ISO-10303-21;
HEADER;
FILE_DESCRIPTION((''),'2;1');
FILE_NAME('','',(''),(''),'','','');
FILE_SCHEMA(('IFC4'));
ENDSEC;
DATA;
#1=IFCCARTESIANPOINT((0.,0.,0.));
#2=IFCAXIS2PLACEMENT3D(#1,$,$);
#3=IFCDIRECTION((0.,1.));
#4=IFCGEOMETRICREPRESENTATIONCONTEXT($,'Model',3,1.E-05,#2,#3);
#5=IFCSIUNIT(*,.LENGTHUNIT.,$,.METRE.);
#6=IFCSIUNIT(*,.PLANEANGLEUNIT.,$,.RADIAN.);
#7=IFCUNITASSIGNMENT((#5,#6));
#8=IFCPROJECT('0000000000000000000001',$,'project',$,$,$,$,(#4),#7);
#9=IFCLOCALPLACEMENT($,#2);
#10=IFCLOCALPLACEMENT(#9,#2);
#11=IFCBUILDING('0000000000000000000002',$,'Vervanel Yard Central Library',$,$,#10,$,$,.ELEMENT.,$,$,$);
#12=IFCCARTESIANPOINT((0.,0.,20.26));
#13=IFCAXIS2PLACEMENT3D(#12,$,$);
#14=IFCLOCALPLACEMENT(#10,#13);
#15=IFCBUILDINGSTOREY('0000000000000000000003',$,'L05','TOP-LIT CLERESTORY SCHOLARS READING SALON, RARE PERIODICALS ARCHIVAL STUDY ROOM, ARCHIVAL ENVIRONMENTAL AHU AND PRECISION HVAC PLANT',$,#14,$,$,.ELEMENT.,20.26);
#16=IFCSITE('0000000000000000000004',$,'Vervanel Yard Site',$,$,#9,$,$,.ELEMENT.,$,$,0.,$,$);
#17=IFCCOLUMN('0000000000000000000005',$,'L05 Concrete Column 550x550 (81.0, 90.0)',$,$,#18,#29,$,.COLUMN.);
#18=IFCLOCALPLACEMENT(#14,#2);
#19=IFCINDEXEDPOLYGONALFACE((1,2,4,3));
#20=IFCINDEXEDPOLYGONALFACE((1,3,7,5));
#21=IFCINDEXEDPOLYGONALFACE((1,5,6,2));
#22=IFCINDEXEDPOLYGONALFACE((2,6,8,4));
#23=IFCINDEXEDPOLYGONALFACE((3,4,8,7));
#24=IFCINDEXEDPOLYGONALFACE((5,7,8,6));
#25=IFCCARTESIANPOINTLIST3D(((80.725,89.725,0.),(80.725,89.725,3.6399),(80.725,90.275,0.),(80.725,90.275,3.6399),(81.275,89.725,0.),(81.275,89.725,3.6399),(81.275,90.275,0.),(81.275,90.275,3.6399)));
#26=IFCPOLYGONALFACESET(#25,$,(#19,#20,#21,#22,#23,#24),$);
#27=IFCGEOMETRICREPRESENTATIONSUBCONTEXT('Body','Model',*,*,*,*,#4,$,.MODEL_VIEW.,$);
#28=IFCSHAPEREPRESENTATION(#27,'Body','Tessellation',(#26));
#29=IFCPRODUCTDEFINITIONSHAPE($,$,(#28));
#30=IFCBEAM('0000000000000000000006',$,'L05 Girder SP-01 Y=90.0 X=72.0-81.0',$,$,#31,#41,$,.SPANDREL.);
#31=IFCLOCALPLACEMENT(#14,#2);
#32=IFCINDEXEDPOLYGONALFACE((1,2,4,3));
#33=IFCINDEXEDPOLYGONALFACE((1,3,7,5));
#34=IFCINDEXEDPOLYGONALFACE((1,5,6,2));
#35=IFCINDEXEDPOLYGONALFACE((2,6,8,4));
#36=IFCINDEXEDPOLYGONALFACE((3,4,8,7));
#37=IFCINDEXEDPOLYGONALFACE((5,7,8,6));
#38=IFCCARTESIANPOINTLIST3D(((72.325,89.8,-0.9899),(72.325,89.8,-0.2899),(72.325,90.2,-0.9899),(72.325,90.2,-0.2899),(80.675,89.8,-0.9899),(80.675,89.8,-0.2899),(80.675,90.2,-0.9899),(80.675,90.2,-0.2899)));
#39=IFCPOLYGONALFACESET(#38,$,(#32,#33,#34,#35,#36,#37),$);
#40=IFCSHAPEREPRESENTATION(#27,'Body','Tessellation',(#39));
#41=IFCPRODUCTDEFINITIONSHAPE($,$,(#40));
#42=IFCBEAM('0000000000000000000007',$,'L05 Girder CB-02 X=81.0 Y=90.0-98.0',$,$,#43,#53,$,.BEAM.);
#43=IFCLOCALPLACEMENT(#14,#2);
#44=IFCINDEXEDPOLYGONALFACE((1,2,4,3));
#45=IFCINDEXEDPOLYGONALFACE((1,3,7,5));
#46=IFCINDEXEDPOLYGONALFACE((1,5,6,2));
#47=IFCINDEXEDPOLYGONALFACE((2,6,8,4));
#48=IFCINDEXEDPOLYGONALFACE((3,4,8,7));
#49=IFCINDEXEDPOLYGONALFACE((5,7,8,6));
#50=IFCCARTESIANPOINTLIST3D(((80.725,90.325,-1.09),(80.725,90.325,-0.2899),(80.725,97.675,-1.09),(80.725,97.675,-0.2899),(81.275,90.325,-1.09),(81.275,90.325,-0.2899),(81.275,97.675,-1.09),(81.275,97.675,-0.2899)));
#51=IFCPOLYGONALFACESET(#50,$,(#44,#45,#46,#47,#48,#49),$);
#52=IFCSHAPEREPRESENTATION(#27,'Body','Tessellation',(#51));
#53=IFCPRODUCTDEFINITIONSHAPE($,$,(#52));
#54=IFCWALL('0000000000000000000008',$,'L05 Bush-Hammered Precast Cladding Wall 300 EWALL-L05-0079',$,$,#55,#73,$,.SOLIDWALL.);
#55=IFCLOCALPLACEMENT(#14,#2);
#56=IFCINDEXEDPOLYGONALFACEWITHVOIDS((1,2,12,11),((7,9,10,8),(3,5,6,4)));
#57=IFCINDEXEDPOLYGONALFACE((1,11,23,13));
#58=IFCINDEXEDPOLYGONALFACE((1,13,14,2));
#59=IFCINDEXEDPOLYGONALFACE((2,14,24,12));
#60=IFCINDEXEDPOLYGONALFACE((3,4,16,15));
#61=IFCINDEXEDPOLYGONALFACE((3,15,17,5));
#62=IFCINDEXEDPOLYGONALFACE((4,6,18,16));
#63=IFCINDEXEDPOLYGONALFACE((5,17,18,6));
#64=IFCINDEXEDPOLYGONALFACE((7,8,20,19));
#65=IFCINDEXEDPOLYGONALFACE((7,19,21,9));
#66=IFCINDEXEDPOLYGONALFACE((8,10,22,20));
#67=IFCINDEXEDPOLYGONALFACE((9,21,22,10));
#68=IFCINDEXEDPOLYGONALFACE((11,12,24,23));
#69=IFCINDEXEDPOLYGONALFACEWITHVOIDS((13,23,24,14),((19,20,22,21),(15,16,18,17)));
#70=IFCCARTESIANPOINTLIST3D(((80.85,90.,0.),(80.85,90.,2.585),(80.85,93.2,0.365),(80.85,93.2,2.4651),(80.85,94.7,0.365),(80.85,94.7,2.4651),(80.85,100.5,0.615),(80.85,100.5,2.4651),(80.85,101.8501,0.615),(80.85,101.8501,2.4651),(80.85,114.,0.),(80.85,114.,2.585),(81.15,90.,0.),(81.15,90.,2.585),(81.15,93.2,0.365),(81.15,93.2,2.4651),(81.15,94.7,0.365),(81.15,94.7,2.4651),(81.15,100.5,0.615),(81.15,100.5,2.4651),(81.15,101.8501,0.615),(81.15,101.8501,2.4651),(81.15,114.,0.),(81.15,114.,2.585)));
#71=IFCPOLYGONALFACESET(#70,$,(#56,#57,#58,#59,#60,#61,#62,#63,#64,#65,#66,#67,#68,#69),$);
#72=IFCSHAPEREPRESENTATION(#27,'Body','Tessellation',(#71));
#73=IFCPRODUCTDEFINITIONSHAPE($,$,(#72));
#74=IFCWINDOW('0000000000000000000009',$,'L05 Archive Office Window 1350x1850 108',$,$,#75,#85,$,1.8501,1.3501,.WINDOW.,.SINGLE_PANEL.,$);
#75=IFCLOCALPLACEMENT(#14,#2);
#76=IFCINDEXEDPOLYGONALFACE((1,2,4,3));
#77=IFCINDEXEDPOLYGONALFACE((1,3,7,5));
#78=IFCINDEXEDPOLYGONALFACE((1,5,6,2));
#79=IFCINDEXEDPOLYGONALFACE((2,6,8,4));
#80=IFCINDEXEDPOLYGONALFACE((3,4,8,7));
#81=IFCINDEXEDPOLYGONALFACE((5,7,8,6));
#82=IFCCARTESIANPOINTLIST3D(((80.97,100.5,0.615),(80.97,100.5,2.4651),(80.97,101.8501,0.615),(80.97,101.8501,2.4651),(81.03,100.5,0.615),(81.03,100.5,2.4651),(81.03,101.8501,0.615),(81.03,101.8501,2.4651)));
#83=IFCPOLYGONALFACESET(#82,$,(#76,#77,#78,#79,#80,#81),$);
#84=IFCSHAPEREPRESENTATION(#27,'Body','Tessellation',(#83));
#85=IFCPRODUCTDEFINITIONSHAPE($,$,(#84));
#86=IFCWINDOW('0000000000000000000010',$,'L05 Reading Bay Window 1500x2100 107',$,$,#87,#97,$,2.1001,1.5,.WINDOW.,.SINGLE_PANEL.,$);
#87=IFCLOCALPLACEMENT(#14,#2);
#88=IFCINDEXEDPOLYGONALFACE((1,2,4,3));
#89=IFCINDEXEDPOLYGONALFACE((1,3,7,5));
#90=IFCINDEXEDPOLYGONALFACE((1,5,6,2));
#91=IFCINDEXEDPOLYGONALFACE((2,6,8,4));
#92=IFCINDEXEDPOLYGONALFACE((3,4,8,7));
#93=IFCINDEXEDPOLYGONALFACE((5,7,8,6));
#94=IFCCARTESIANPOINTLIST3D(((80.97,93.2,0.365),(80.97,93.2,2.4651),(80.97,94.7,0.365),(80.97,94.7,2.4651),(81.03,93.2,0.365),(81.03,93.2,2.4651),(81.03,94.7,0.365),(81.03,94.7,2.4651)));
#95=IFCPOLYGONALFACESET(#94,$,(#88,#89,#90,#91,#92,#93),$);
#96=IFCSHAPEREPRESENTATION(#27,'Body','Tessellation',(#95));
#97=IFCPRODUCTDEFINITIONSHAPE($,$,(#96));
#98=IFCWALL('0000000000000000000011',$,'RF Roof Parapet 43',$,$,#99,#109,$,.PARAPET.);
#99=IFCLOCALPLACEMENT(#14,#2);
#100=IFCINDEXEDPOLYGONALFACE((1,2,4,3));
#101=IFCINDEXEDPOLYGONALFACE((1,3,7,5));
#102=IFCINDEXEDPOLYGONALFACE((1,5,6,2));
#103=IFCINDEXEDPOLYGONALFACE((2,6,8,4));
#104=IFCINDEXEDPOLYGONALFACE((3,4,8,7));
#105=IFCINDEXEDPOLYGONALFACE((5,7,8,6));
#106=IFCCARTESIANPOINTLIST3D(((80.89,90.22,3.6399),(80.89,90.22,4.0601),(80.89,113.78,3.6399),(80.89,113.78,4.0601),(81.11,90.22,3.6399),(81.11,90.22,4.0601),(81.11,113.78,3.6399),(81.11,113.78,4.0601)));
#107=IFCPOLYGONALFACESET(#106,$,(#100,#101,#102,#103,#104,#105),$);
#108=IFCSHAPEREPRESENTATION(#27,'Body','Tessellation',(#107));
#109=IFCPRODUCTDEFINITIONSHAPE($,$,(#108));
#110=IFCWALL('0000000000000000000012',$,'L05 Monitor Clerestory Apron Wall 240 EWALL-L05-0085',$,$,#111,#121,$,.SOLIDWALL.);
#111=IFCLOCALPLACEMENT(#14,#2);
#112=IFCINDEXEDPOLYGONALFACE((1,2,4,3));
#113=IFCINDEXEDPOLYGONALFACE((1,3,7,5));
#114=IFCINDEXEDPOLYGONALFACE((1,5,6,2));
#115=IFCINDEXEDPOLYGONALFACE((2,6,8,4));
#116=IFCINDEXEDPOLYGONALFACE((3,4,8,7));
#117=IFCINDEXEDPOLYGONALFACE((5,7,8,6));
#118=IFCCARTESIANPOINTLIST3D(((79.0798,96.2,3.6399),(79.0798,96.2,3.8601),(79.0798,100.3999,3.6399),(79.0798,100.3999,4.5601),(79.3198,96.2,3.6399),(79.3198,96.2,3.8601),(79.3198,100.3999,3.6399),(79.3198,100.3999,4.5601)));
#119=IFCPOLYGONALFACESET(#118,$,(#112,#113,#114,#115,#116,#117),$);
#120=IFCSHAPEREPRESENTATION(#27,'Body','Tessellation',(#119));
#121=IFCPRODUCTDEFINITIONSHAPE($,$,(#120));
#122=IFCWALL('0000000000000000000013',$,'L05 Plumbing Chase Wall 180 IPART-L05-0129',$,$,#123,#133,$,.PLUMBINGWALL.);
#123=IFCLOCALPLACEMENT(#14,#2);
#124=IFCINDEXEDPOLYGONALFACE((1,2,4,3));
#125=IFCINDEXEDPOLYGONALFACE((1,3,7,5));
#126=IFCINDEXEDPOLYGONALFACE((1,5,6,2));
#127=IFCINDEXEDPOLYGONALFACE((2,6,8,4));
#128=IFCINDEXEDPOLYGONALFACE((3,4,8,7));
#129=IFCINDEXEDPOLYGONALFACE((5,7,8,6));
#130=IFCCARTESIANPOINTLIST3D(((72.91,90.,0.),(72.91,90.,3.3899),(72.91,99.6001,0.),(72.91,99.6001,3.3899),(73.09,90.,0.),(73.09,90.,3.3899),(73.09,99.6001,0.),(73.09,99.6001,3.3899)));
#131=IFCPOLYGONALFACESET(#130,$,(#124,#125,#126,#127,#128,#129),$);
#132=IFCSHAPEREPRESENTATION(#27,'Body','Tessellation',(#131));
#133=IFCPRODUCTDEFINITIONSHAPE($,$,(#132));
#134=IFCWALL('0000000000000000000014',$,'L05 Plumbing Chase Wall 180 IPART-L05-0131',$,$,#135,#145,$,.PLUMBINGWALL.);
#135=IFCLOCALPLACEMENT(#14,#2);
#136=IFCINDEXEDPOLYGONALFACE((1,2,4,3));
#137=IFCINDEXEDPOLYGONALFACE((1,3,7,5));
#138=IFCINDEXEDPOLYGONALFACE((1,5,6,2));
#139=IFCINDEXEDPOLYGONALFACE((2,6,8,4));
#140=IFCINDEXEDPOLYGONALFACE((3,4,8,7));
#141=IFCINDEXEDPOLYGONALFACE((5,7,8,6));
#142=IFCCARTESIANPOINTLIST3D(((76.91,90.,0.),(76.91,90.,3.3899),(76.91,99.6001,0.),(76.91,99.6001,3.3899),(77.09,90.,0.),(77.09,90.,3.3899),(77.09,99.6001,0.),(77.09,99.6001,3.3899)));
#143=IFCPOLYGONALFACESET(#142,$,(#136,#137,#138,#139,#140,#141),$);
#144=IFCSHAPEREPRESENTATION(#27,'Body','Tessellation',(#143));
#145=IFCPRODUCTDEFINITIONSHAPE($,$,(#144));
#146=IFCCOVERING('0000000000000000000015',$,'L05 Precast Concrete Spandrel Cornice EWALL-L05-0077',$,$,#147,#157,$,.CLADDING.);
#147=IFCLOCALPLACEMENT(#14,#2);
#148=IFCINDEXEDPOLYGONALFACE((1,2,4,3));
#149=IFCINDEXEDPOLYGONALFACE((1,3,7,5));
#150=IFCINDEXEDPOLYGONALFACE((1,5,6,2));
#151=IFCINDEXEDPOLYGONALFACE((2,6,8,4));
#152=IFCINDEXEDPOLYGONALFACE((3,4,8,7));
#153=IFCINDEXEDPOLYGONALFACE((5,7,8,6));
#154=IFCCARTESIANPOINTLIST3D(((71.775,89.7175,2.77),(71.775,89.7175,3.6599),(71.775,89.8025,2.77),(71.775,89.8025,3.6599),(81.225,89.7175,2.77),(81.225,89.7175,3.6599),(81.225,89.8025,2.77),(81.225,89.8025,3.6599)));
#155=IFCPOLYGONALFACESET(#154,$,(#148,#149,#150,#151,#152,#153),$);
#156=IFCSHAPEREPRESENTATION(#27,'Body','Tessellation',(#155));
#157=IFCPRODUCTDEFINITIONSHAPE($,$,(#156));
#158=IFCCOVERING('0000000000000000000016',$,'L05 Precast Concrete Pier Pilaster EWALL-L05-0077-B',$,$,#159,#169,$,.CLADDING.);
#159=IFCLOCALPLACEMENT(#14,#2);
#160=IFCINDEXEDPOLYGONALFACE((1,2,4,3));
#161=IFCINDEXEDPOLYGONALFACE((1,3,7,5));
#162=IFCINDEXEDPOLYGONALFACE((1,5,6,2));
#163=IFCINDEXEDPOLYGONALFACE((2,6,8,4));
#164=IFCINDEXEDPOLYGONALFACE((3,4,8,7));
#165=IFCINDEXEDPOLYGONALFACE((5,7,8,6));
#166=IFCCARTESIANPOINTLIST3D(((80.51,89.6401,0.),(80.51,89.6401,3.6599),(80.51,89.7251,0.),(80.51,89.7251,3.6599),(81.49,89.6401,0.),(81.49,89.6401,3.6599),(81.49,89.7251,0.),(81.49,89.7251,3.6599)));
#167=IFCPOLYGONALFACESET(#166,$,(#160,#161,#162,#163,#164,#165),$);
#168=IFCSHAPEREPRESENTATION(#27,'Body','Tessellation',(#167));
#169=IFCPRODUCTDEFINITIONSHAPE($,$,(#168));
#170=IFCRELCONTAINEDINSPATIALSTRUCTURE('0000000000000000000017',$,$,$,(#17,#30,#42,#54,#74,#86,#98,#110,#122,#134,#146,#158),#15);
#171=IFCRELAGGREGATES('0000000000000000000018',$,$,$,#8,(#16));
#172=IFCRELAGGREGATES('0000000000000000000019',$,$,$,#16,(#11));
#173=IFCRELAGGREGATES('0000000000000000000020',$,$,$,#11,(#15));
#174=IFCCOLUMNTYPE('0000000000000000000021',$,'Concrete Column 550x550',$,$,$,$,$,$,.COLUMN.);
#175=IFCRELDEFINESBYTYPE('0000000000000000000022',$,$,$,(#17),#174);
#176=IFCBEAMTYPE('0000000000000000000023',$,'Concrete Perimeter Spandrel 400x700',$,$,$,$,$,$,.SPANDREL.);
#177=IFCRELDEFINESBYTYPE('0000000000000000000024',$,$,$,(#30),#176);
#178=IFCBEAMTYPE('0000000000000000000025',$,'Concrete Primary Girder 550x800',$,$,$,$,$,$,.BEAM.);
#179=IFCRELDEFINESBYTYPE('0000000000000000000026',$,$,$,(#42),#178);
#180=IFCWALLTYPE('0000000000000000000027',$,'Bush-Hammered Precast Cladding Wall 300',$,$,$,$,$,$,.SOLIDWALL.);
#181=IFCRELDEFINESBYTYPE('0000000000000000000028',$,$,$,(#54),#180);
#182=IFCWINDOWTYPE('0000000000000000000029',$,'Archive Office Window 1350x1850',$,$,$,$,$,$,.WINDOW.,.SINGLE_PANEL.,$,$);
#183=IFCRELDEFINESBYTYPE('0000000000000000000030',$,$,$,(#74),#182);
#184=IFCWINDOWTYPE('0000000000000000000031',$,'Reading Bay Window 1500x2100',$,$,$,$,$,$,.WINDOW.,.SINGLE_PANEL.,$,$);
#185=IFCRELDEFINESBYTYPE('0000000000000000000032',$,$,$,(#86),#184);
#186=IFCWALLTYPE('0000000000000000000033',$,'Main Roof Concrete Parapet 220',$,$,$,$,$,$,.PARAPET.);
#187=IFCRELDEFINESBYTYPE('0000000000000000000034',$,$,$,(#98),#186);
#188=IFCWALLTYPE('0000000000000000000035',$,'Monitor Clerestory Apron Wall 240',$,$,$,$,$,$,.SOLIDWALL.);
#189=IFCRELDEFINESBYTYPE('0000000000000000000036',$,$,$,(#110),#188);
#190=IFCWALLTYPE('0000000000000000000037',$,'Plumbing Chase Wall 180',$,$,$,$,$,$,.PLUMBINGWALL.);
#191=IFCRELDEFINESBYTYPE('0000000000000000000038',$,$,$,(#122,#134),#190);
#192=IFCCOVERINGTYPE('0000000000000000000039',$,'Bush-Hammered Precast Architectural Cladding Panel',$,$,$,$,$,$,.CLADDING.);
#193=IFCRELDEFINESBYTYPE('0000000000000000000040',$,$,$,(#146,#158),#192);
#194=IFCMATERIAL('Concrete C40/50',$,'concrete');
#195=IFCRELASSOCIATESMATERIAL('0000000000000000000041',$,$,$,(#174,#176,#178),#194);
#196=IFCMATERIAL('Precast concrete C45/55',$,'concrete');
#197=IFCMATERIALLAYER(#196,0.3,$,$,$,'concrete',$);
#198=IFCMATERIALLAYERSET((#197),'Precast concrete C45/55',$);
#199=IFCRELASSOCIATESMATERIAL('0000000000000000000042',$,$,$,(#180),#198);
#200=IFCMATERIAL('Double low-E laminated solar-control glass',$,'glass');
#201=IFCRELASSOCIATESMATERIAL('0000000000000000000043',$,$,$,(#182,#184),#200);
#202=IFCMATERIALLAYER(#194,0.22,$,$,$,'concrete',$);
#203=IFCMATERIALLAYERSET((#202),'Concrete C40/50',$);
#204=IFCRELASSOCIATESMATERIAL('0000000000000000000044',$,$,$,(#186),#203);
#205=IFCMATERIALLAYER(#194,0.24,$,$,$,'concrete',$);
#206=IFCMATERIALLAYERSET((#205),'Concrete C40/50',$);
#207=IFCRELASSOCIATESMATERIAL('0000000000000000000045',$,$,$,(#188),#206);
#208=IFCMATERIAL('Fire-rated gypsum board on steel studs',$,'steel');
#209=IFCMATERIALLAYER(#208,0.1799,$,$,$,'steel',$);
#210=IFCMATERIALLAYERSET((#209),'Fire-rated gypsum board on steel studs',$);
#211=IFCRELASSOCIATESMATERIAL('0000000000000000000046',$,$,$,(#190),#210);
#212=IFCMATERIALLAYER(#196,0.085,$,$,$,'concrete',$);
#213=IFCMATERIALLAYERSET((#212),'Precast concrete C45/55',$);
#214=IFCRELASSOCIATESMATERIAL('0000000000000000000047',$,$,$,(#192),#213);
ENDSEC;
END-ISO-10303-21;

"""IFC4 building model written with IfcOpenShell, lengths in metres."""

from ifc_helpers import new_model, si_unit, direction, frame, frame_2d, origin, origin_2d, place, context, subcontext, project, spatial, polyline, rectangle, outline, extrude, material, layer, layer_set, material_profile, profile_set, type_object, element, fill, save


model = new_model("IFC4")

# Units and contexts
model_context = context("Model", 3, precision=1e-05, world=origin(), true_north=direction((0.0, 1.0)))
body_context = subcontext(model_context, "Body", "Model", "MODEL_VIEW")
ifc_project = project(units=[si_unit("LENGTHUNIT", "METRE"), si_unit("PLANEANGLEUNIT", "RADIAN")], contexts=[model_context])

# Site, building, storey
site_placement = place(None, origin())
site = spatial("IfcSite", under=ifc_project, at=site_placement, Name="Vervanel Yard Site", CompositionType="ELEMENT", RefElevation=0.0)
building_placement = place(site_placement, origin())
building = spatial("IfcBuilding", under=site, at=building_placement, Name="Vervanel Yard Central Library", CompositionType="ELEMENT")
storey_placement = place(building_placement, frame((0.0, 0.0, 20.26)))
storey = spatial("IfcBuildingStorey", under=building, at=storey_placement, Name="L05", Description="TOP-LIT CLERESTORY SCHOLARS READING SALON, RARE PERIODICALS ARCHIVAL STUDY ROOM, ARCHIVAL ENVIRONMENTAL AHU AND PRECISION HVAC PLANT", CompositionType="ELEMENT", Elevation=20.26)

# Column
ifc_material_1 = material(Name="Concrete C40/50", Category="concrete")
ifc_material_profile_1 = material_profile(ifc_material_1, rectangle(XDim=0.55, YDim=0.55, at=origin_2d()), Name="RC 550x550", Category="concrete")
ifc_profile_set_1 = profile_set([ifc_material_profile_1], Name="Concrete C40/50")
column_type = type_object("IfcColumnType", Name="Concrete Column 550x550", PredefinedType="COLUMN", material=ifc_profile_set_1)
column_placement = place(storey_placement, frame((81.0, 90.0, 0.0), z_axis=(0.0, 0.0, 1.0), x_axis=(1.0, 0.0, 0.0)))
element("IfcColumn", 1, at=column_placement, inside=storey, type_object=column_type, Name="L05 Concrete Column 550x550 (81.0, 90.0)", PredefinedType="COLUMN", context=body_context, shape_type="SweptSolid", body=[
    extrude(rectangle(XDim=0.55, YDim=0.55, at=origin_2d()), origin(), (0.0, 0.0, 1.0), 3.6399),
])

# Beams
ifc_material_profile_2 = material_profile(ifc_material_1, rectangle(XDim=0.3999, YDim=0.7, at=origin_2d()), Name="RC 400x700", Category="concrete")
ifc_profile_set_2 = profile_set([ifc_material_profile_2], Name="Concrete C40/50")
beam_type_1 = type_object("IfcBeamType", Name="Concrete Perimeter Spandrel 400x700", PredefinedType="SPANDREL", material=ifc_profile_set_2)
beam_1_placement = place(storey_placement, frame((72.325, 90.0, -0.6399), z_axis=(1.0, 0.0, 0.0), x_axis=(0.0, 1.0, 0.0)))
element("IfcBeam", 2, at=beam_1_placement, inside=storey, type_object=beam_type_1, Name="L05 Girder SP-01 Y=90.0 X=72.0-81.0", PredefinedType="SPANDREL", context=body_context, shape_type="SweptSolid", body=[
    extrude(rectangle(XDim=0.3999, YDim=0.7, at=origin_2d()), origin(), (0.0, 0.0, 1.0), 8.3501),
])
ifc_material_profile_3 = material_profile(ifc_material_1, rectangle(XDim=0.55, YDim=0.8, at=origin_2d()), Name="RC 550x800", Category="concrete")
ifc_profile_set_3 = profile_set([ifc_material_profile_3], Name="Concrete C40/50")
beam_type_2 = type_object("IfcBeamType", Name="Concrete Primary Girder 550x800", PredefinedType="BEAM", material=ifc_profile_set_3)
beam_2_placement = place(storey_placement, frame((81.0, 90.325, -0.6899), z_axis=(0.0, 1.0, 0.0), x_axis=(-1.0, 0.0, 0.0)))
element("IfcBeam", 3, at=beam_2_placement, inside=storey, type_object=beam_type_2, Name="L05 Girder CB-02 X=81.0 Y=90.0-98.0", PredefinedType="BEAM", context=body_context, shape_type="SweptSolid", body=[
    extrude(rectangle(XDim=0.55, YDim=0.8, at=origin_2d()), origin(), (0.0, 0.0, 1.0), 7.3501),
])

# Wall, openings, windows
ifc_material_2 = material(Name="Precast concrete C45/55", Category="concrete")
ifc_layer_1 = layer(ifc_material_2, 0.3, Category="concrete")
ifc_layer_set_1 = layer_set([ifc_layer_1], Name="Precast concrete C45/55")
wall_type_1 = type_object("IfcWallType", Name="Bush-Hammered Precast Cladding Wall 300", PredefinedType="SOLIDWALL", material=ifc_layer_set_1)
wall_1_placement = place(storey_placement, frame((81.0, 90.0, 0.0), z_axis=(0.0, 0.0, 1.0), x_axis=(0.0, 1.0, 0.0)))
wall_1 = element("IfcWall", 4, at=wall_1_placement, inside=storey, type_object=wall_type_1, Name="L05 Bush-Hammered Precast Cladding Wall 300 EWALL-L05-0079", PredefinedType="SOLIDWALL", context=body_context, shape_type="SweptSolid", body=[
    extrude(rectangle(XDim=24.0, YDim=0.3, at=frame_2d((12.0, 0.0))), origin(), (0.0, 0.0, 1.0), 2.585),
])
opening_1_placement = place(wall_1_placement, frame((3.2, 0.0, 0.365)))
opening_1 = element("IfcOpeningElement", 5, at=opening_1_placement, cuts=wall_1, PredefinedType="OPENING", context=body_context, shape_type="SweptSolid", body=[
    extrude(rectangle(XDim=1.5, YDim=2.1001, at=frame_2d((0.75, 1.05))), frame((0.0, 0.1599, 0.0), z_axis=(0.0, -1.0, 0.0), x_axis=(1.0, 0.0, 0.0)), (0.0, 0.0, 1.0), 0.3201),
])
opening_2_placement = place(wall_1_placement, frame((10.5, 0.0, 0.615)))
opening_2 = element("IfcOpeningElement", 6, at=opening_2_placement, cuts=wall_1, PredefinedType="OPENING", context=body_context, shape_type="SweptSolid", body=[
    extrude(rectangle(XDim=1.3501, YDim=1.8501, at=frame_2d((0.675, 0.925))), frame((0.0, 0.1599, 0.0), z_axis=(0.0, -1.0, 0.0), x_axis=(1.0, 0.0, 0.0)), (0.0, 0.0, 1.0), 0.3201),
])
ifc_material_3 = material(Name="Double low-E laminated solar-control glass", Category="glass")
window_type_1 = type_object("IfcWindowType", Name="Archive Office Window 1350x1850", PartitioningType="SINGLE_PANEL", PredefinedType="WINDOW", material=ifc_material_3)
window_1_placement = place(opening_2_placement, origin())
window_1 = element("IfcWindow", 7, at=window_1_placement, inside=storey, type_object=window_type_1, Name="L05 Archive Office Window 1350x1850 108", OverallHeight=1.8501, OverallWidth=1.3501, PartitioningType="SINGLE_PANEL", PredefinedType="WINDOW", context=body_context, shape_type="SweptSolid", body=[
    extrude(rectangle(XDim=1.3501, YDim=1.8501, at=frame_2d((0.675, 0.925))), frame((0.0, 0.03, 0.0), z_axis=(0.0, -1.0, 0.0), x_axis=(1.0, 0.0, 0.0)), (0.0, 0.0, 1.0), 0.0601),
])
fill(opening_2, window_1)
window_type_2 = type_object("IfcWindowType", Name="Reading Bay Window 1500x2100", PartitioningType="SINGLE_PANEL", PredefinedType="WINDOW", material=ifc_material_3)
window_2_placement = place(opening_1_placement, origin())
window_2 = element("IfcWindow", 8, at=window_2_placement, inside=storey, type_object=window_type_2, Name="L05 Reading Bay Window 1500x2100 107", OverallHeight=2.1001, OverallWidth=1.5, PartitioningType="SINGLE_PANEL", PredefinedType="WINDOW", context=body_context, shape_type="SweptSolid", body=[
    extrude(rectangle(XDim=1.5, YDim=2.1001, at=frame_2d((0.75, 1.05))), frame((0.0, 0.03, 0.0), z_axis=(0.0, -1.0, 0.0), x_axis=(1.0, 0.0, 0.0)), (0.0, 0.0, 1.0), 0.0601),
])
fill(opening_1, window_2)

# Walls
ifc_layer_2 = layer(ifc_material_1, 0.22, Category="concrete")
ifc_layer_set_2 = layer_set([ifc_layer_2], Name="Concrete C40/50")
wall_type_2 = type_object("IfcWallType", Name="Main Roof Concrete Parapet 220", PredefinedType="PARAPET", material=ifc_layer_set_2)
wall_2_placement = place(storey_placement, frame((81.0, 90.22, 3.6399), z_axis=(0.0, 0.0, 1.0), x_axis=(0.0, 1.0, 0.0)))
element("IfcWall", 9, at=wall_2_placement, inside=storey, type_object=wall_type_2, Name="RF Roof Parapet 43", PredefinedType="PARAPET", context=body_context, shape_type="SweptSolid", body=[
    extrude(rectangle(XDim=23.5601, YDim=0.22, at=frame_2d((11.78, 0.0))), origin(), (0.0, 0.0, 1.0), 0.4202),
])
ifc_layer_3 = layer(ifc_material_1, 0.24, Category="concrete")
ifc_layer_set_3 = layer_set([ifc_layer_3], Name="Concrete C40/50")
wall_type_3 = type_object("IfcWallType", Name="Monitor Clerestory Apron Wall 240", PredefinedType="SOLIDWALL", material=ifc_layer_set_3)
wall_3_placement = place(storey_placement, frame((79.2, 96.2, 3.6399), z_axis=(0.0, 0.0, 1.0), x_axis=(0.0, 1.0, 0.0)))
element("IfcWall", 10, at=wall_3_placement, inside=storey, type_object=wall_type_3, Name="L05 Monitor Clerestory Apron Wall 240 EWALL-L05-0085", PredefinedType="SOLIDWALL", context=body_context, shape_type="SweptSolid", body=[
    extrude(outline(polyline([(0.0, 0.0), (4.2, 0.0), (4.2, 0.9202), (0.0, 0.2202), (0.0, 0.0)])), frame((0.0, 0.1201, 0.0), z_axis=(0.0, -1.0, 0.0), x_axis=(1.0, 0.0, 0.0)), (0.0, 0.0, 1.0), 0.24),
])
ifc_material_4 = material(Name="Fire-rated gypsum board on steel studs", Category="steel")
ifc_layer_4 = layer(ifc_material_4, 0.1799, Category="steel")
ifc_layer_set_4 = layer_set([ifc_layer_4], Name="Fire-rated gypsum board on steel studs")
wall_type_4 = type_object("IfcWallType", Name="Plumbing Chase Wall 180", PredefinedType="PLUMBINGWALL", material=ifc_layer_set_4)
for number, where, z_axis, x_axis, name in (
    (11, (73.0, 90.0, 0.0), (0.0, 0.0, 1.0), (0.0, 1.0, 0.0), "L05 Plumbing Chase Wall 180 IPART-L05-0129"),
    (12, (77.0, 90.0, 0.0), (0.0, 0.0, 1.0), (0.0, 1.0, 0.0), "L05 Plumbing Chase Wall 180 IPART-L05-0131"),
):
    element("IfcWall", number, at=place(storey_placement, frame(where, z_axis=z_axis, x_axis=x_axis)), inside=storey, type_object=wall_type_4, Name=name, PredefinedType="PLUMBINGWALL", context=body_context, shape_type="SweptSolid", body=[
        extrude(rectangle(XDim=9.6001, YDim=0.1799, at=frame_2d((4.8, 0.0))), origin(), (0.0, 0.0, 1.0), 3.3899),
    ])

# Coverings
ifc_layer_5 = layer(ifc_material_2, 0.085, Category="concrete")
ifc_layer_set_5 = layer_set([ifc_layer_5], Name="Precast concrete C45/55")
covering_type = type_object("IfcCoveringType", Name="Bush-Hammered Precast Architectural Cladding Panel", PredefinedType="CLADDING", material=ifc_layer_set_5)
covering_placement = place(storey_placement, frame((76.5, 89.76, 2.77), z_axis=(0.0, 0.0, 1.0), x_axis=(1.0, 0.0, 0.0)))
element("IfcCovering", 13, at=covering_placement, inside=storey, type_object=covering_type, Name="L05 Precast Concrete Spandrel Cornice EWALL-L05-0077", PredefinedType="CLADDING", context=body_context, shape_type="SweptSolid", body=[
    extrude(rectangle(XDim=9.45, YDim=0.085, at=origin_2d()), origin(), (0.0, 0.0, 1.0), 0.8899),
])
for number, where, z_axis, x_axis, name in (
    (14, (81.0, 89.6826, 0.0), (0.0, 0.0, 1.0), (1.0, 0.0, 0.0), "L05 Precast Concrete Pier Pilaster EWALL-L05-0077-B"),
):
    element("IfcCovering", number, at=place(storey_placement, frame(where, z_axis=z_axis, x_axis=x_axis)), inside=storey, type_object=covering_type, Name=name, PredefinedType="CLADDING", context=body_context, shape_type="SweptSolid", body=[
        extrude(rectangle(XDim=0.98, YDim=0.085, at=origin_2d()), origin(), (0.0, 0.0, 1.0), 3.6599),
    ])

save(model, "model.ifc")
